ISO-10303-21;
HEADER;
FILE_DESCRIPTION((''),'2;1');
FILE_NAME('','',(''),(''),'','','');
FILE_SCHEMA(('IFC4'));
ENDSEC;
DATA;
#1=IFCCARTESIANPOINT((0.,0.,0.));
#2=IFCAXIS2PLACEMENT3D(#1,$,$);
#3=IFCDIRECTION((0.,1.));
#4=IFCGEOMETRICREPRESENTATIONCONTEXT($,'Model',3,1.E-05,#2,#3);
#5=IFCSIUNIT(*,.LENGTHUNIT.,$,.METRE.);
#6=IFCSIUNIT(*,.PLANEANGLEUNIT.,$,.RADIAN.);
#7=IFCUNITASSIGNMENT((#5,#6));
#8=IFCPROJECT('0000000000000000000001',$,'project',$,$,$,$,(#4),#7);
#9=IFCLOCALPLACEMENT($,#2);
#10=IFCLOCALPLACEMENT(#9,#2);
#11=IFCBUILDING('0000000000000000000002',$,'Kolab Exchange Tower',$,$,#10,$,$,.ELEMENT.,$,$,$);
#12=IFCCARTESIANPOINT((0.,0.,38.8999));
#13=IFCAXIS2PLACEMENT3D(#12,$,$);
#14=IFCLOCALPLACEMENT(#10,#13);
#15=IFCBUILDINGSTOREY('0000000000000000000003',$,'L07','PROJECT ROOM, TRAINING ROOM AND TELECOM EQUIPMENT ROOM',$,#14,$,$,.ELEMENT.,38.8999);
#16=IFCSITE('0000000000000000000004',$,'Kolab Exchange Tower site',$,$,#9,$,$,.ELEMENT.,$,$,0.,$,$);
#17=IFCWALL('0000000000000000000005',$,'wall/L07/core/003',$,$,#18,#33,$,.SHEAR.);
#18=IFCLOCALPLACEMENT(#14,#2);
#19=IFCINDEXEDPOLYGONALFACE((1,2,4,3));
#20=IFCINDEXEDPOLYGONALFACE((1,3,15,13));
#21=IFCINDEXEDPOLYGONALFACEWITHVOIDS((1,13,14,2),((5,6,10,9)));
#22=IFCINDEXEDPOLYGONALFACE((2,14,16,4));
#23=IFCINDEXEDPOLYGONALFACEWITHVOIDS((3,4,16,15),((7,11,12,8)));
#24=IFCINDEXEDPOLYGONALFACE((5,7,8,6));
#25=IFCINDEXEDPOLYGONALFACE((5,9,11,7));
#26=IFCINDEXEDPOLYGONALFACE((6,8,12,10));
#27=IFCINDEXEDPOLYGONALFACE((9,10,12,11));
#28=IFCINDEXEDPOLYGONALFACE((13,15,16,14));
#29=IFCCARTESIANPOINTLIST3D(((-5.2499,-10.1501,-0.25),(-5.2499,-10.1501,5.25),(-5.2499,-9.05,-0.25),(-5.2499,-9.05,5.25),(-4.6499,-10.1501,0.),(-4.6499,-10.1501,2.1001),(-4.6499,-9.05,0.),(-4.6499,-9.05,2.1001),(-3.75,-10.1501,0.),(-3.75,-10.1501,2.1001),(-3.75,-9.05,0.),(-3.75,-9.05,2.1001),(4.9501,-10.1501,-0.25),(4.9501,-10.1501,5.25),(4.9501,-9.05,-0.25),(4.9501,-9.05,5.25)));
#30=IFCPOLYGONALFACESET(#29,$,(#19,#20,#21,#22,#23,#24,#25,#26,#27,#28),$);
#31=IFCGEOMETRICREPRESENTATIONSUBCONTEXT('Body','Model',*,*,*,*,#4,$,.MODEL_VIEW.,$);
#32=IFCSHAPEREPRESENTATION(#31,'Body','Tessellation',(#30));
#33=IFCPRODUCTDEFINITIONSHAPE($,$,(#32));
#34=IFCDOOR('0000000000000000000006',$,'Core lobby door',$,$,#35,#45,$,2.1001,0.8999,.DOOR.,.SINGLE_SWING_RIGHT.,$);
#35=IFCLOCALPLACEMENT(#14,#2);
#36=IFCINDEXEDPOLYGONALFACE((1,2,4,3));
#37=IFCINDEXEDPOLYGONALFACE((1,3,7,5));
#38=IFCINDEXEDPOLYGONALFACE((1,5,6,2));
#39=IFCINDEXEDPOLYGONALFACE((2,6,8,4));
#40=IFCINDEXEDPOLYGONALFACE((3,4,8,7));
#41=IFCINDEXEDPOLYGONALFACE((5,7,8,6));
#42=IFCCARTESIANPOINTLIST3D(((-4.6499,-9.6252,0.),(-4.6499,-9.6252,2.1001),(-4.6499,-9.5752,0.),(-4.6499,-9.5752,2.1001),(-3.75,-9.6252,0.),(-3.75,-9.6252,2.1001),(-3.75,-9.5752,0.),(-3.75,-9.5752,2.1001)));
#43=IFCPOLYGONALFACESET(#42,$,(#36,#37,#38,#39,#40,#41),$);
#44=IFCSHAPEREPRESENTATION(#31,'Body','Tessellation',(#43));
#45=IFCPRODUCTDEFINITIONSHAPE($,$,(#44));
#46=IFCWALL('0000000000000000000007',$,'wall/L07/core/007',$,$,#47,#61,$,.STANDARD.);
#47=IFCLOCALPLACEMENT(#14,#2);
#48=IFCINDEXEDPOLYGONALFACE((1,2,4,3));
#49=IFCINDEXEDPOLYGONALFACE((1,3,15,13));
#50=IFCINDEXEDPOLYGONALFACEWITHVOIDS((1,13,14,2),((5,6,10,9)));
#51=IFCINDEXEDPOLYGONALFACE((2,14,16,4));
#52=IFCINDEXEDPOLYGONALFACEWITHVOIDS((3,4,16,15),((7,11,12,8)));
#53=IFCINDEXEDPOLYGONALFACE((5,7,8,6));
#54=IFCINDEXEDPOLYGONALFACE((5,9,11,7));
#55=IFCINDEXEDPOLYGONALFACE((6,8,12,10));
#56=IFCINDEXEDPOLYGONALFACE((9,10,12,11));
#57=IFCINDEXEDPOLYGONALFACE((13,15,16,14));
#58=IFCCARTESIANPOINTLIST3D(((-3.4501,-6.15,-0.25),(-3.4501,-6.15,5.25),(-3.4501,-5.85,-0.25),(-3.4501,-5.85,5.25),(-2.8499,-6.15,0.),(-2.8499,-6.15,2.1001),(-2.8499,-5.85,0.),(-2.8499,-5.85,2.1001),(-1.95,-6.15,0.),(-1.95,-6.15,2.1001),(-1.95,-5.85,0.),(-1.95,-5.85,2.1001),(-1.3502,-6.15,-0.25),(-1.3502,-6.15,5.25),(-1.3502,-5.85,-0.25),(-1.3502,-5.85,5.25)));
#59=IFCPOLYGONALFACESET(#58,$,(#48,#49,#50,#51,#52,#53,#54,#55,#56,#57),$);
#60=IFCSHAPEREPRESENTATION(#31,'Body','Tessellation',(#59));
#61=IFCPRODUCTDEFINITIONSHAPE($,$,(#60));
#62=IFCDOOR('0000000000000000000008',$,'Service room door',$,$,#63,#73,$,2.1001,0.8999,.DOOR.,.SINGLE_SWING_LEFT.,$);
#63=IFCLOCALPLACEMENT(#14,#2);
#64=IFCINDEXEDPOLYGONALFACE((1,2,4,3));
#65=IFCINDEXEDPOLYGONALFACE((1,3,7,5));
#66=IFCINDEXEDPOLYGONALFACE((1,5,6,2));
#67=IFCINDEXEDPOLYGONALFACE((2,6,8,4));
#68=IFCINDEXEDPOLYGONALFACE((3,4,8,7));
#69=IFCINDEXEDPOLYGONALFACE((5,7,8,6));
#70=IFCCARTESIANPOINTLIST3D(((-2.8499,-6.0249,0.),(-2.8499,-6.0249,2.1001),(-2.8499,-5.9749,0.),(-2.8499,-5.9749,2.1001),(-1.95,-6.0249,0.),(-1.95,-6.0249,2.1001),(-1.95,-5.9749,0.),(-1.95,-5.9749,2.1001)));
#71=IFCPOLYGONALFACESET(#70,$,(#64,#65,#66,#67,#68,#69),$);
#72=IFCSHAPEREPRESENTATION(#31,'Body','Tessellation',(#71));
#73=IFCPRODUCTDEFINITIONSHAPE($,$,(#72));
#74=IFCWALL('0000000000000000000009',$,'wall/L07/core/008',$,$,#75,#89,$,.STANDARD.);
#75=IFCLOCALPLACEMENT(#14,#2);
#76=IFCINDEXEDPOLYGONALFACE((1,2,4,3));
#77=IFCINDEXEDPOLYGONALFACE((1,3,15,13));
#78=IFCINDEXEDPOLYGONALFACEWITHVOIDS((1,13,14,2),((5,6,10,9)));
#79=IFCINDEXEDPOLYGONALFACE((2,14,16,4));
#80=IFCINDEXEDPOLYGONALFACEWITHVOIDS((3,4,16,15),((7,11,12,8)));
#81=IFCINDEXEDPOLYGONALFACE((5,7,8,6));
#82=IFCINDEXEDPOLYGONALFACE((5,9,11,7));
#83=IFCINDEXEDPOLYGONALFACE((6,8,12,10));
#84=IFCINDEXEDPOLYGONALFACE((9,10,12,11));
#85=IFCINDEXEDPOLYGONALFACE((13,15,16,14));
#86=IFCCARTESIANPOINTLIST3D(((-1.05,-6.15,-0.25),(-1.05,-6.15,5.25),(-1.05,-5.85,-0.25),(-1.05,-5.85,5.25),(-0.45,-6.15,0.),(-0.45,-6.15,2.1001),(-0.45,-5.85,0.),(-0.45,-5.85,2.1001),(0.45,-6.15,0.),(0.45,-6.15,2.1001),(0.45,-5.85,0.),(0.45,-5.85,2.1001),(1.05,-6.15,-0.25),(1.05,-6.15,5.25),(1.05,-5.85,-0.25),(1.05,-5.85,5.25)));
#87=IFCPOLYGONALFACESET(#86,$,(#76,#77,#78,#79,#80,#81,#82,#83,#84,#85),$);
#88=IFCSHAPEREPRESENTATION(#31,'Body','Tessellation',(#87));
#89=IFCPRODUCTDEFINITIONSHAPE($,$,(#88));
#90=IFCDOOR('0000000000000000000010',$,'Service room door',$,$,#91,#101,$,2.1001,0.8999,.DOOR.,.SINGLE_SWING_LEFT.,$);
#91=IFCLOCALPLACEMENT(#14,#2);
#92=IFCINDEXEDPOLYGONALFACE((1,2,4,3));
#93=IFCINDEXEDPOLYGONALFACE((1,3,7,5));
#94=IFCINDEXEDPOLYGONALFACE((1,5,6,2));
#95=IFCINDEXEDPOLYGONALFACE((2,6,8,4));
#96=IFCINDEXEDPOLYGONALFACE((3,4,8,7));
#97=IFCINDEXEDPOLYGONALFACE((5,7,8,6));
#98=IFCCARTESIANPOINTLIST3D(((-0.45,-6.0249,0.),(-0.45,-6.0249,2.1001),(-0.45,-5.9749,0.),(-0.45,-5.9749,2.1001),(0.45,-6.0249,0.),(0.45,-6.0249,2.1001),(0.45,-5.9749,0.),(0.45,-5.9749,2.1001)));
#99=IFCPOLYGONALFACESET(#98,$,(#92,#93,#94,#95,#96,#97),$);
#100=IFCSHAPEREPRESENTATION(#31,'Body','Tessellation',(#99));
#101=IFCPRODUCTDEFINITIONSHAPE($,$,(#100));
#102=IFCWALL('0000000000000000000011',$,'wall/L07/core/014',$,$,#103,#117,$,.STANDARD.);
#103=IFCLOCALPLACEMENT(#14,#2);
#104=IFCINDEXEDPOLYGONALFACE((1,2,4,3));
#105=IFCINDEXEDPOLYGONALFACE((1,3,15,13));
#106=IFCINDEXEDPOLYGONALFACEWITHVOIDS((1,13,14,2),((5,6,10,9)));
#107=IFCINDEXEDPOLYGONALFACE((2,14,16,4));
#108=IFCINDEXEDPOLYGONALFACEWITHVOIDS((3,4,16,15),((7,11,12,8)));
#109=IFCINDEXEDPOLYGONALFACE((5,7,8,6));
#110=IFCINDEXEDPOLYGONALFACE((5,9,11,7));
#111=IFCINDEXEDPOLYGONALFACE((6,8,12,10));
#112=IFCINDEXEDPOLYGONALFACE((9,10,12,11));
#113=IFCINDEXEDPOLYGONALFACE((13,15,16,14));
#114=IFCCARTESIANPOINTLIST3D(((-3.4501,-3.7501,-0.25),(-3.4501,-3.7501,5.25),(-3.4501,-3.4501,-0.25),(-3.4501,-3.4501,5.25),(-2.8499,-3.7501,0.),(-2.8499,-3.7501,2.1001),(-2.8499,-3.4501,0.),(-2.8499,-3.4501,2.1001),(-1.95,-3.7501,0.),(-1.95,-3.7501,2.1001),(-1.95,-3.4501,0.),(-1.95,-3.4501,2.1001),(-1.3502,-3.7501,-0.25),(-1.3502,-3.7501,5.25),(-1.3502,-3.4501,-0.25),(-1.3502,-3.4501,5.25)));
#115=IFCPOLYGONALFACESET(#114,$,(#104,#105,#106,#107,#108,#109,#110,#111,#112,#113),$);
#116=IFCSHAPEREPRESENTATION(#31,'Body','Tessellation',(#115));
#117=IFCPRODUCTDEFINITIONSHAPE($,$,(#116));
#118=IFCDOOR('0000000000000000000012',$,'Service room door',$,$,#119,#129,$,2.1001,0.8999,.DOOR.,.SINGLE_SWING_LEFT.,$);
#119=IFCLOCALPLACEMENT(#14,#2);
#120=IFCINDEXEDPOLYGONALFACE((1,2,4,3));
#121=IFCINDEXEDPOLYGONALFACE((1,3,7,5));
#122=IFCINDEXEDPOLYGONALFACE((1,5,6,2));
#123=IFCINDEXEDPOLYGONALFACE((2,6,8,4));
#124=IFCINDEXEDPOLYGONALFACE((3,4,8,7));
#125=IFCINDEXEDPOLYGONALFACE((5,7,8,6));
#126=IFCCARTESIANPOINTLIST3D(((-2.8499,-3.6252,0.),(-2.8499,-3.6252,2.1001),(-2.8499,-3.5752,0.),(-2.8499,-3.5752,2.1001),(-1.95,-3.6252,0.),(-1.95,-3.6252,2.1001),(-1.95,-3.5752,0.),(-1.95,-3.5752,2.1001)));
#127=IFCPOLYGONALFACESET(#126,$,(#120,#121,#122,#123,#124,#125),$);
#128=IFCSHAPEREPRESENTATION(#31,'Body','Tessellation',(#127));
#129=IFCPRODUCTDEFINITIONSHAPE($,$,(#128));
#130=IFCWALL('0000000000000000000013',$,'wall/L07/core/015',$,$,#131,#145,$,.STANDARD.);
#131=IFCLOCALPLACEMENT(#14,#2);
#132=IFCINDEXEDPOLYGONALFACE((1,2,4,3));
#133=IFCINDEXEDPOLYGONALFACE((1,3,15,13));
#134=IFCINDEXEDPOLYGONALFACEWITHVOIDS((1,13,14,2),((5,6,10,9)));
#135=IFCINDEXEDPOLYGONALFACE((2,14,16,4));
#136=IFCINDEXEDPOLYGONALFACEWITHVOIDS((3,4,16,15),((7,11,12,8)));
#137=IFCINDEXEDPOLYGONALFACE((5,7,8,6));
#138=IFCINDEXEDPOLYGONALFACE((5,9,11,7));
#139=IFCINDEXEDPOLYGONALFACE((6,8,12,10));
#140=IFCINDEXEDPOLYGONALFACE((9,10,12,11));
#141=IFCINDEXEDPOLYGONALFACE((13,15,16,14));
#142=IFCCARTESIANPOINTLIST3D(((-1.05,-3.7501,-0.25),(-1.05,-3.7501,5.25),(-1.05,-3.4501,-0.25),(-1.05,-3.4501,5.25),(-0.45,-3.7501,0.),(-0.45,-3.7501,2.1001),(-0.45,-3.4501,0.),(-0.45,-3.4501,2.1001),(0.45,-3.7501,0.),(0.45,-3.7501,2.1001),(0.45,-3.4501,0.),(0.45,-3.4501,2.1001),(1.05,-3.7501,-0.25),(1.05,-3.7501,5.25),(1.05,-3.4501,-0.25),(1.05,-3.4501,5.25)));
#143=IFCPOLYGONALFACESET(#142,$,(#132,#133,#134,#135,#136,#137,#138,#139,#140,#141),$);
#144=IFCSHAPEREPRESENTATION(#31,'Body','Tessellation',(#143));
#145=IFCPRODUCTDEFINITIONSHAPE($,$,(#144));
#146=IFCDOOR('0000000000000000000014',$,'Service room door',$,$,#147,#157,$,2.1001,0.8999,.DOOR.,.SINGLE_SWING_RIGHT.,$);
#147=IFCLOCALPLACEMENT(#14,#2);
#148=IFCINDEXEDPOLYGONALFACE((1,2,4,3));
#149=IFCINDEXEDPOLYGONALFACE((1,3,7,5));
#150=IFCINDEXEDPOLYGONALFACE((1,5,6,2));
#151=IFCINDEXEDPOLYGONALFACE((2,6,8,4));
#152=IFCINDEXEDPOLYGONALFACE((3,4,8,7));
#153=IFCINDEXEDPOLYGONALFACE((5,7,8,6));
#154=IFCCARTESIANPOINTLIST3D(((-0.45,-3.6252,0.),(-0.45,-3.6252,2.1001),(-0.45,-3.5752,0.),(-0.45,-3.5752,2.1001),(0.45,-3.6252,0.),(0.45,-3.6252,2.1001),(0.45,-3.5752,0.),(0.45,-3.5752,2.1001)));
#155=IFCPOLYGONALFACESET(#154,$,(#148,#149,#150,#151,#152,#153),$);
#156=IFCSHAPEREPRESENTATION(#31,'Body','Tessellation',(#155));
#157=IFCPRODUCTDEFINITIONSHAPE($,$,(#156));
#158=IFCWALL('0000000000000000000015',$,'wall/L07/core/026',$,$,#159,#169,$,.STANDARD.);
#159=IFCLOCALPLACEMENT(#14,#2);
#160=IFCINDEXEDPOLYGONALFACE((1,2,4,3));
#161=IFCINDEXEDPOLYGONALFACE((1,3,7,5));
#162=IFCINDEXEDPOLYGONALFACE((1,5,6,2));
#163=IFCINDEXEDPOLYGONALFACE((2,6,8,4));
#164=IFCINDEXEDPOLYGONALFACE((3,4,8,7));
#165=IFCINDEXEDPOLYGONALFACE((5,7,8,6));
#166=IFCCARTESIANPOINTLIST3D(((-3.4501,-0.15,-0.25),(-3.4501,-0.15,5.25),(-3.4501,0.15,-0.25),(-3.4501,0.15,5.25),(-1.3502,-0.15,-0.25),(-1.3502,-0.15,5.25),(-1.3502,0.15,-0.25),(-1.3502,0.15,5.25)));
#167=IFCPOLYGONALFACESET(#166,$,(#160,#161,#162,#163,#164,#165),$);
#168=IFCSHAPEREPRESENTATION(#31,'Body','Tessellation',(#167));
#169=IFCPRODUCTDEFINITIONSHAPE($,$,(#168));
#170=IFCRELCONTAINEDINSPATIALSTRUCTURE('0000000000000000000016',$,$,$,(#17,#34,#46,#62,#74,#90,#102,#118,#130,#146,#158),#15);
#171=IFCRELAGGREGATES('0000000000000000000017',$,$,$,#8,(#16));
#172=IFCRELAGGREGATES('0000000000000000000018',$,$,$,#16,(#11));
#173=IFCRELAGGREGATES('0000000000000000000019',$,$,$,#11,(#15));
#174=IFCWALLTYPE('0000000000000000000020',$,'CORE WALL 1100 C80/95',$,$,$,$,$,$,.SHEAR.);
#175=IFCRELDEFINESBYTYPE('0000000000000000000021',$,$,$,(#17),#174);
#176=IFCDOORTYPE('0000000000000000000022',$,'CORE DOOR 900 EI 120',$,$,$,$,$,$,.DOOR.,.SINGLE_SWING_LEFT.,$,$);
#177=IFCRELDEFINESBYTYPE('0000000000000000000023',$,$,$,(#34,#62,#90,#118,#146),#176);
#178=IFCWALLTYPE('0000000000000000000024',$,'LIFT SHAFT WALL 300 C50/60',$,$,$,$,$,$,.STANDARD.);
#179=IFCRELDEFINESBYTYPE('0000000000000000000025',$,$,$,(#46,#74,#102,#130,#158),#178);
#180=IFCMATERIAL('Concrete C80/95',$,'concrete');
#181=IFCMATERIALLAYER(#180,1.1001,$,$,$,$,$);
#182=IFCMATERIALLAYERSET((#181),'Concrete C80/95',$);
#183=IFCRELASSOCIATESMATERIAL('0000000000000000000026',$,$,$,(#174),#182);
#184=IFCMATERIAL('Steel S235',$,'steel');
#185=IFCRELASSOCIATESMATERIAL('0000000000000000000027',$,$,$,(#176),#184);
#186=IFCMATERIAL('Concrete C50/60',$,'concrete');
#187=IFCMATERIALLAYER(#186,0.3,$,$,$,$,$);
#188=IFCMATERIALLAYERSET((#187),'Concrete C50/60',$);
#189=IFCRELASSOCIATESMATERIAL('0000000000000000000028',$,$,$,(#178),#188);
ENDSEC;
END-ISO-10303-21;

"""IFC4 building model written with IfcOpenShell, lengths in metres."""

from ifc_helpers import new_model, si_unit, direction, frame, frame_2d, origin, place, context, subcontext, project, spatial, rectangle, extrude, material, layer, layer_set, type_object, element, fill, save


model = new_model("IFC4")

# Units and contexts
model_context = context("Model", 3, precision=1e-05, world=origin(), true_north=direction((0.0, 1.0)))
body_context = subcontext(model_context, "Body", "Model", "MODEL_VIEW")
ifc_project = project(units=[si_unit("LENGTHUNIT", "METRE"), si_unit("PLANEANGLEUNIT", "RADIAN")], contexts=[model_context])

# Site, building, storey
site_placement = place(None, origin())
site = spatial("IfcSite", under=ifc_project, at=site_placement, Name="Kolab Exchange Tower site", CompositionType="ELEMENT", RefElevation=0.0)
building_placement = place(site_placement, origin())
building = spatial("IfcBuilding", under=site, at=building_placement, Name="Kolab Exchange Tower", CompositionType="ELEMENT")
storey_placement = place(building_placement, frame((0.0, 0.0, 38.8999)))
storey = spatial("IfcBuildingStorey", under=building, at=storey_placement, Name="L07", Description="PROJECT ROOM, TRAINING ROOM AND TELECOM EQUIPMENT ROOM", CompositionType="ELEMENT", Elevation=38.8999)

# Walls, openings, doors
ifc_material_1 = material(Name="Concrete C80/95", Category="concrete")
ifc_layer_1 = layer(ifc_material_1, 1.1001)
ifc_layer_set_1 = layer_set([ifc_layer_1], Name="Concrete C80/95")
wall_type_1 = type_object("IfcWallType", Name="CORE WALL 1100 C80/95", PredefinedType="SHEAR", material=ifc_layer_set_1)
wall_1_placement = place(storey_placement, frame((-5.25, -9.6001, -0.25), z_axis=(0.0, 0.0, 1.0), x_axis=(1.0, 0.0, 0.0)))
wall_1 = element("IfcWall", 1, at=wall_1_placement, inside=storey, type_object=wall_type_1, Name="wall/L07/core/003", PredefinedType="SHEAR", context=body_context, shape_type="SweptSolid", body=[
    extrude(rectangle(XDim=10.2, YDim=1.1001, at=frame_2d((5.1001, 0.0))), origin(), (0.0, 0.0, 1.0), 5.5),
])
opening_1_placement = place(wall_1_placement, frame((0.6001, 0.0, 0.25)))
opening_1 = element("IfcOpeningElement", 2, at=opening_1_placement, cuts=wall_1, PredefinedType="OPENING", context=body_context, shape_type="SweptSolid", body=[
    extrude(rectangle(XDim=0.8999, YDim=2.1001, at=frame_2d((0.45, 1.05))), frame((0.0, 0.5601, 0.0), z_axis=(0.0, -1.0, 0.0), x_axis=(1.0, 0.0, 0.0)), (0.0, 0.0, 1.0), 1.1201),
])
ifc_material_2 = material(Name="Steel S235", Category="steel")
door_type_1 = type_object("IfcDoorType", Name="CORE DOOR 900 EI 120", OperationType="SINGLE_SWING_LEFT", PredefinedType="DOOR", material=ifc_material_2)
door_1_placement = place(opening_1_placement, origin())
door_1 = element("IfcDoor", 3, at=door_1_placement, inside=storey, type_object=door_type_1, Name="Core lobby door", OperationType="SINGLE_SWING_RIGHT", OverallHeight=2.1001, OverallWidth=0.8999, PredefinedType="DOOR", context=body_context, shape_type="SweptSolid", body=[
    extrude(rectangle(XDim=0.8999, YDim=2.1001, at=frame_2d((0.45, 1.05))), frame((0.0, 0.0249, 0.0), z_axis=(0.0, -1.0, 0.0), x_axis=(1.0, 0.0, 0.0)), (0.0, 0.0, 1.0), 0.05),
])
fill(opening_1, door_1)
ifc_material_3 = material(Name="Concrete C50/60", Category="concrete")
ifc_layer_2 = layer(ifc_material_3, 0.3)
ifc_layer_set_2 = layer_set([ifc_layer_2], Name="Concrete C50/60")
wall_type_2 = type_object("IfcWallType", Name="LIFT SHAFT WALL 300 C50/60", PredefinedType="STANDARD", material=ifc_layer_set_2)
wall_2_placement = place(storey_placement, frame((-3.45, -6.0, -0.25), z_axis=(0.0, 0.0, 1.0), x_axis=(1.0, 0.0, 0.0)))
wall_2 = element("IfcWall", 4, at=wall_2_placement, inside=storey, type_object=wall_type_2, Name="wall/L07/core/007", PredefinedType="STANDARD", context=body_context, shape_type="SweptSolid", body=[
    extrude(rectangle(XDim=2.0999, YDim=0.3, at=frame_2d((1.0498, 0.0))), origin(), (0.0, 0.0, 1.0), 5.5),
])
opening_2_placement = place(wall_2_placement, frame((0.6001, 0.0, 0.25)))
opening_2 = element("IfcOpeningElement", 5, at=opening_2_placement, cuts=wall_2, PredefinedType="OPENING", context=body_context, shape_type="SweptSolid", body=[
    extrude(rectangle(XDim=0.8999, YDim=2.1001, at=frame_2d((0.45, 1.05))), frame((0.0, 0.1602, 0.0), z_axis=(0.0, -1.0, 0.0), x_axis=(1.0, 0.0, 0.0)), (0.0, 0.0, 1.0), 0.3201),
])
door_2_placement = place(opening_2_placement, frame((0.8999, 0.0, 0.0), z_axis=(0.0, 0.0, 1.0), x_axis=(-1.0, 0.0, 0.0)))
door_2 = element("IfcDoor", 6, at=door_2_placement, inside=storey, type_object=door_type_1, Name="Service room door", OperationType="SINGLE_SWING_LEFT", OverallHeight=2.1001, OverallWidth=0.8999, PredefinedType="DOOR", context=body_context, shape_type="SweptSolid", body=[
    extrude(rectangle(XDim=0.8999, YDim=2.1001, at=frame_2d((0.45, 1.05))), frame((0.0, 0.0249, 0.0), z_axis=(0.0, -1.0, 0.0), x_axis=(1.0, 0.0, 0.0)), (0.0, 0.0, 1.0), 0.05),
])
fill(opening_2, door_2)
wall_3_placement = place(storey_placement, frame((-1.05, -6.0, -0.25), z_axis=(0.0, 0.0, 1.0), x_axis=(1.0, 0.0, 0.0)))
wall_3 = element("IfcWall", 7, at=wall_3_placement, inside=storey, type_object=wall_type_2, Name="wall/L07/core/008", PredefinedType="STANDARD", context=body_context, shape_type="SweptSolid", body=[
    extrude(rectangle(XDim=2.1001, YDim=0.3, at=frame_2d((1.05, 0.0))), origin(), (0.0, 0.0, 1.0), 5.5),
])
opening_3_placement = place(wall_3_placement, frame((0.6001, 0.0, 0.25)))
opening_3 = element("IfcOpeningElement", 8, at=opening_3_placement, cuts=wall_3, PredefinedType="OPENING", context=body_context, shape_type="SweptSolid", body=[
    extrude(rectangle(XDim=0.8999, YDim=2.1001, at=frame_2d((0.45, 1.05))), frame((0.0, 0.1602, 0.0), z_axis=(0.0, -1.0, 0.0), x_axis=(1.0, 0.0, 0.0)), (0.0, 0.0, 1.0), 0.3201),
])
door_3_placement = place(opening_3_placement, frame((0.8999, 0.0, 0.0), z_axis=(0.0, 0.0, 1.0), x_axis=(-1.0, 0.0, 0.0)))
door_3 = element("IfcDoor", 9, at=door_3_placement, inside=storey, type_object=door_type_1, Name="Service room door", OperationType="SINGLE_SWING_LEFT", OverallHeight=2.1001, OverallWidth=0.8999, PredefinedType="DOOR", context=body_context, shape_type="SweptSolid", body=[
    extrude(rectangle(XDim=0.8999, YDim=2.1001, at=frame_2d((0.45, 1.05))), frame((0.0, 0.0249, 0.0), z_axis=(0.0, -1.0, 0.0), x_axis=(1.0, 0.0, 0.0)), (0.0, 0.0, 1.0), 0.05),
])
fill(opening_3, door_3)
wall_4_placement = place(storey_placement, frame((-3.45, -3.6001, -0.25), z_axis=(0.0, 0.0, 1.0), x_axis=(1.0, 0.0, 0.0)))
wall_4 = element("IfcWall", 10, at=wall_4_placement, inside=storey, type_object=wall_type_2, Name="wall/L07/core/014", PredefinedType="STANDARD", context=body_context, shape_type="SweptSolid", body=[
    extrude(rectangle(XDim=2.0999, YDim=0.3, at=frame_2d((1.0498, 0.0))), origin(), (0.0, 0.0, 1.0), 5.5),
])
opening_4_placement = place(wall_4_placement, frame((0.6001, 0.0, 0.25)))
opening_4 = element("IfcOpeningElement", 11, at=opening_4_placement, cuts=wall_4, PredefinedType="OPENING", context=body_context, shape_type="SweptSolid", body=[
    extrude(rectangle(XDim=0.8999, YDim=2.1001, at=frame_2d((0.45, 1.05))), frame((0.0, 0.1602, 0.0), z_axis=(0.0, -1.0, 0.0), x_axis=(1.0, 0.0, 0.0)), (0.0, 0.0, 1.0), 0.3201),
])
door_4_placement = place(opening_4_placement, origin())
door_4 = element("IfcDoor", 12, at=door_4_placement, inside=storey, type_object=door_type_1, Name="Service room door", OperationType="SINGLE_SWING_LEFT", OverallHeight=2.1001, OverallWidth=0.8999, PredefinedType="DOOR", context=body_context, shape_type="SweptSolid", body=[
    extrude(rectangle(XDim=0.8999, YDim=2.1001, at=frame_2d((0.45, 1.05))), frame((0.0, 0.0249, 0.0), z_axis=(0.0, -1.0, 0.0), x_axis=(1.0, 0.0, 0.0)), (0.0, 0.0, 1.0), 0.05),
])
fill(opening_4, door_4)
wall_5_placement = place(storey_placement, frame((-1.05, -3.6001, -0.25), z_axis=(0.0, 0.0, 1.0), x_axis=(1.0, 0.0, 0.0)))
wall_5 = element("IfcWall", 13, at=wall_5_placement, inside=storey, type_object=wall_type_2, Name="wall/L07/core/015", PredefinedType="STANDARD", context=body_context, shape_type="SweptSolid", body=[
    extrude(rectangle(XDim=2.1001, YDim=0.3, at=frame_2d((1.05, 0.0))), origin(), (0.0, 0.0, 1.0), 5.5),
])
opening_5_placement = place(wall_5_placement, frame((0.6001, 0.0, 0.25)))
opening_5 = element("IfcOpeningElement", 14, at=opening_5_placement, cuts=wall_5, PredefinedType="OPENING", context=body_context, shape_type="SweptSolid", body=[
    extrude(rectangle(XDim=0.8999, YDim=2.1001, at=frame_2d((0.45, 1.05))), frame((0.0, 0.1602, 0.0), z_axis=(0.0, -1.0, 0.0), x_axis=(1.0, 0.0, 0.0)), (0.0, 0.0, 1.0), 0.3201),
])
door_5_placement = place(opening_5_placement, origin())
door_5 = element("IfcDoor", 15, at=door_5_placement, inside=storey, type_object=door_type_1, Name="Service room door", OperationType="SINGLE_SWING_RIGHT", OverallHeight=2.1001, OverallWidth=0.8999, PredefinedType="DOOR", context=body_context, shape_type="SweptSolid", body=[
    extrude(rectangle(XDim=0.8999, YDim=2.1001, at=frame_2d((0.45, 1.05))), frame((0.0, 0.0249, 0.0), z_axis=(0.0, -1.0, 0.0), x_axis=(1.0, 0.0, 0.0)), (0.0, 0.0, 1.0), 0.05),
])
fill(opening_5, door_5)

# Wall
wall_6_placement = place(storey_placement, frame((-3.45, 0.0, -0.25), z_axis=(0.0, 0.0, 1.0), x_axis=(1.0, 0.0, 0.0)))
element("IfcWall", 16, at=wall_6_placement, inside=storey, type_object=wall_type_2, Name="wall/L07/core/026", PredefinedType="STANDARD", context=body_context, shape_type="SweptSolid", body=[
    extrude(rectangle(XDim=2.0999, YDim=0.3, at=frame_2d((1.0498, 0.0))), origin(), (0.0, 0.0, 1.0), 5.5),
])

save(model, "model.ifc")
